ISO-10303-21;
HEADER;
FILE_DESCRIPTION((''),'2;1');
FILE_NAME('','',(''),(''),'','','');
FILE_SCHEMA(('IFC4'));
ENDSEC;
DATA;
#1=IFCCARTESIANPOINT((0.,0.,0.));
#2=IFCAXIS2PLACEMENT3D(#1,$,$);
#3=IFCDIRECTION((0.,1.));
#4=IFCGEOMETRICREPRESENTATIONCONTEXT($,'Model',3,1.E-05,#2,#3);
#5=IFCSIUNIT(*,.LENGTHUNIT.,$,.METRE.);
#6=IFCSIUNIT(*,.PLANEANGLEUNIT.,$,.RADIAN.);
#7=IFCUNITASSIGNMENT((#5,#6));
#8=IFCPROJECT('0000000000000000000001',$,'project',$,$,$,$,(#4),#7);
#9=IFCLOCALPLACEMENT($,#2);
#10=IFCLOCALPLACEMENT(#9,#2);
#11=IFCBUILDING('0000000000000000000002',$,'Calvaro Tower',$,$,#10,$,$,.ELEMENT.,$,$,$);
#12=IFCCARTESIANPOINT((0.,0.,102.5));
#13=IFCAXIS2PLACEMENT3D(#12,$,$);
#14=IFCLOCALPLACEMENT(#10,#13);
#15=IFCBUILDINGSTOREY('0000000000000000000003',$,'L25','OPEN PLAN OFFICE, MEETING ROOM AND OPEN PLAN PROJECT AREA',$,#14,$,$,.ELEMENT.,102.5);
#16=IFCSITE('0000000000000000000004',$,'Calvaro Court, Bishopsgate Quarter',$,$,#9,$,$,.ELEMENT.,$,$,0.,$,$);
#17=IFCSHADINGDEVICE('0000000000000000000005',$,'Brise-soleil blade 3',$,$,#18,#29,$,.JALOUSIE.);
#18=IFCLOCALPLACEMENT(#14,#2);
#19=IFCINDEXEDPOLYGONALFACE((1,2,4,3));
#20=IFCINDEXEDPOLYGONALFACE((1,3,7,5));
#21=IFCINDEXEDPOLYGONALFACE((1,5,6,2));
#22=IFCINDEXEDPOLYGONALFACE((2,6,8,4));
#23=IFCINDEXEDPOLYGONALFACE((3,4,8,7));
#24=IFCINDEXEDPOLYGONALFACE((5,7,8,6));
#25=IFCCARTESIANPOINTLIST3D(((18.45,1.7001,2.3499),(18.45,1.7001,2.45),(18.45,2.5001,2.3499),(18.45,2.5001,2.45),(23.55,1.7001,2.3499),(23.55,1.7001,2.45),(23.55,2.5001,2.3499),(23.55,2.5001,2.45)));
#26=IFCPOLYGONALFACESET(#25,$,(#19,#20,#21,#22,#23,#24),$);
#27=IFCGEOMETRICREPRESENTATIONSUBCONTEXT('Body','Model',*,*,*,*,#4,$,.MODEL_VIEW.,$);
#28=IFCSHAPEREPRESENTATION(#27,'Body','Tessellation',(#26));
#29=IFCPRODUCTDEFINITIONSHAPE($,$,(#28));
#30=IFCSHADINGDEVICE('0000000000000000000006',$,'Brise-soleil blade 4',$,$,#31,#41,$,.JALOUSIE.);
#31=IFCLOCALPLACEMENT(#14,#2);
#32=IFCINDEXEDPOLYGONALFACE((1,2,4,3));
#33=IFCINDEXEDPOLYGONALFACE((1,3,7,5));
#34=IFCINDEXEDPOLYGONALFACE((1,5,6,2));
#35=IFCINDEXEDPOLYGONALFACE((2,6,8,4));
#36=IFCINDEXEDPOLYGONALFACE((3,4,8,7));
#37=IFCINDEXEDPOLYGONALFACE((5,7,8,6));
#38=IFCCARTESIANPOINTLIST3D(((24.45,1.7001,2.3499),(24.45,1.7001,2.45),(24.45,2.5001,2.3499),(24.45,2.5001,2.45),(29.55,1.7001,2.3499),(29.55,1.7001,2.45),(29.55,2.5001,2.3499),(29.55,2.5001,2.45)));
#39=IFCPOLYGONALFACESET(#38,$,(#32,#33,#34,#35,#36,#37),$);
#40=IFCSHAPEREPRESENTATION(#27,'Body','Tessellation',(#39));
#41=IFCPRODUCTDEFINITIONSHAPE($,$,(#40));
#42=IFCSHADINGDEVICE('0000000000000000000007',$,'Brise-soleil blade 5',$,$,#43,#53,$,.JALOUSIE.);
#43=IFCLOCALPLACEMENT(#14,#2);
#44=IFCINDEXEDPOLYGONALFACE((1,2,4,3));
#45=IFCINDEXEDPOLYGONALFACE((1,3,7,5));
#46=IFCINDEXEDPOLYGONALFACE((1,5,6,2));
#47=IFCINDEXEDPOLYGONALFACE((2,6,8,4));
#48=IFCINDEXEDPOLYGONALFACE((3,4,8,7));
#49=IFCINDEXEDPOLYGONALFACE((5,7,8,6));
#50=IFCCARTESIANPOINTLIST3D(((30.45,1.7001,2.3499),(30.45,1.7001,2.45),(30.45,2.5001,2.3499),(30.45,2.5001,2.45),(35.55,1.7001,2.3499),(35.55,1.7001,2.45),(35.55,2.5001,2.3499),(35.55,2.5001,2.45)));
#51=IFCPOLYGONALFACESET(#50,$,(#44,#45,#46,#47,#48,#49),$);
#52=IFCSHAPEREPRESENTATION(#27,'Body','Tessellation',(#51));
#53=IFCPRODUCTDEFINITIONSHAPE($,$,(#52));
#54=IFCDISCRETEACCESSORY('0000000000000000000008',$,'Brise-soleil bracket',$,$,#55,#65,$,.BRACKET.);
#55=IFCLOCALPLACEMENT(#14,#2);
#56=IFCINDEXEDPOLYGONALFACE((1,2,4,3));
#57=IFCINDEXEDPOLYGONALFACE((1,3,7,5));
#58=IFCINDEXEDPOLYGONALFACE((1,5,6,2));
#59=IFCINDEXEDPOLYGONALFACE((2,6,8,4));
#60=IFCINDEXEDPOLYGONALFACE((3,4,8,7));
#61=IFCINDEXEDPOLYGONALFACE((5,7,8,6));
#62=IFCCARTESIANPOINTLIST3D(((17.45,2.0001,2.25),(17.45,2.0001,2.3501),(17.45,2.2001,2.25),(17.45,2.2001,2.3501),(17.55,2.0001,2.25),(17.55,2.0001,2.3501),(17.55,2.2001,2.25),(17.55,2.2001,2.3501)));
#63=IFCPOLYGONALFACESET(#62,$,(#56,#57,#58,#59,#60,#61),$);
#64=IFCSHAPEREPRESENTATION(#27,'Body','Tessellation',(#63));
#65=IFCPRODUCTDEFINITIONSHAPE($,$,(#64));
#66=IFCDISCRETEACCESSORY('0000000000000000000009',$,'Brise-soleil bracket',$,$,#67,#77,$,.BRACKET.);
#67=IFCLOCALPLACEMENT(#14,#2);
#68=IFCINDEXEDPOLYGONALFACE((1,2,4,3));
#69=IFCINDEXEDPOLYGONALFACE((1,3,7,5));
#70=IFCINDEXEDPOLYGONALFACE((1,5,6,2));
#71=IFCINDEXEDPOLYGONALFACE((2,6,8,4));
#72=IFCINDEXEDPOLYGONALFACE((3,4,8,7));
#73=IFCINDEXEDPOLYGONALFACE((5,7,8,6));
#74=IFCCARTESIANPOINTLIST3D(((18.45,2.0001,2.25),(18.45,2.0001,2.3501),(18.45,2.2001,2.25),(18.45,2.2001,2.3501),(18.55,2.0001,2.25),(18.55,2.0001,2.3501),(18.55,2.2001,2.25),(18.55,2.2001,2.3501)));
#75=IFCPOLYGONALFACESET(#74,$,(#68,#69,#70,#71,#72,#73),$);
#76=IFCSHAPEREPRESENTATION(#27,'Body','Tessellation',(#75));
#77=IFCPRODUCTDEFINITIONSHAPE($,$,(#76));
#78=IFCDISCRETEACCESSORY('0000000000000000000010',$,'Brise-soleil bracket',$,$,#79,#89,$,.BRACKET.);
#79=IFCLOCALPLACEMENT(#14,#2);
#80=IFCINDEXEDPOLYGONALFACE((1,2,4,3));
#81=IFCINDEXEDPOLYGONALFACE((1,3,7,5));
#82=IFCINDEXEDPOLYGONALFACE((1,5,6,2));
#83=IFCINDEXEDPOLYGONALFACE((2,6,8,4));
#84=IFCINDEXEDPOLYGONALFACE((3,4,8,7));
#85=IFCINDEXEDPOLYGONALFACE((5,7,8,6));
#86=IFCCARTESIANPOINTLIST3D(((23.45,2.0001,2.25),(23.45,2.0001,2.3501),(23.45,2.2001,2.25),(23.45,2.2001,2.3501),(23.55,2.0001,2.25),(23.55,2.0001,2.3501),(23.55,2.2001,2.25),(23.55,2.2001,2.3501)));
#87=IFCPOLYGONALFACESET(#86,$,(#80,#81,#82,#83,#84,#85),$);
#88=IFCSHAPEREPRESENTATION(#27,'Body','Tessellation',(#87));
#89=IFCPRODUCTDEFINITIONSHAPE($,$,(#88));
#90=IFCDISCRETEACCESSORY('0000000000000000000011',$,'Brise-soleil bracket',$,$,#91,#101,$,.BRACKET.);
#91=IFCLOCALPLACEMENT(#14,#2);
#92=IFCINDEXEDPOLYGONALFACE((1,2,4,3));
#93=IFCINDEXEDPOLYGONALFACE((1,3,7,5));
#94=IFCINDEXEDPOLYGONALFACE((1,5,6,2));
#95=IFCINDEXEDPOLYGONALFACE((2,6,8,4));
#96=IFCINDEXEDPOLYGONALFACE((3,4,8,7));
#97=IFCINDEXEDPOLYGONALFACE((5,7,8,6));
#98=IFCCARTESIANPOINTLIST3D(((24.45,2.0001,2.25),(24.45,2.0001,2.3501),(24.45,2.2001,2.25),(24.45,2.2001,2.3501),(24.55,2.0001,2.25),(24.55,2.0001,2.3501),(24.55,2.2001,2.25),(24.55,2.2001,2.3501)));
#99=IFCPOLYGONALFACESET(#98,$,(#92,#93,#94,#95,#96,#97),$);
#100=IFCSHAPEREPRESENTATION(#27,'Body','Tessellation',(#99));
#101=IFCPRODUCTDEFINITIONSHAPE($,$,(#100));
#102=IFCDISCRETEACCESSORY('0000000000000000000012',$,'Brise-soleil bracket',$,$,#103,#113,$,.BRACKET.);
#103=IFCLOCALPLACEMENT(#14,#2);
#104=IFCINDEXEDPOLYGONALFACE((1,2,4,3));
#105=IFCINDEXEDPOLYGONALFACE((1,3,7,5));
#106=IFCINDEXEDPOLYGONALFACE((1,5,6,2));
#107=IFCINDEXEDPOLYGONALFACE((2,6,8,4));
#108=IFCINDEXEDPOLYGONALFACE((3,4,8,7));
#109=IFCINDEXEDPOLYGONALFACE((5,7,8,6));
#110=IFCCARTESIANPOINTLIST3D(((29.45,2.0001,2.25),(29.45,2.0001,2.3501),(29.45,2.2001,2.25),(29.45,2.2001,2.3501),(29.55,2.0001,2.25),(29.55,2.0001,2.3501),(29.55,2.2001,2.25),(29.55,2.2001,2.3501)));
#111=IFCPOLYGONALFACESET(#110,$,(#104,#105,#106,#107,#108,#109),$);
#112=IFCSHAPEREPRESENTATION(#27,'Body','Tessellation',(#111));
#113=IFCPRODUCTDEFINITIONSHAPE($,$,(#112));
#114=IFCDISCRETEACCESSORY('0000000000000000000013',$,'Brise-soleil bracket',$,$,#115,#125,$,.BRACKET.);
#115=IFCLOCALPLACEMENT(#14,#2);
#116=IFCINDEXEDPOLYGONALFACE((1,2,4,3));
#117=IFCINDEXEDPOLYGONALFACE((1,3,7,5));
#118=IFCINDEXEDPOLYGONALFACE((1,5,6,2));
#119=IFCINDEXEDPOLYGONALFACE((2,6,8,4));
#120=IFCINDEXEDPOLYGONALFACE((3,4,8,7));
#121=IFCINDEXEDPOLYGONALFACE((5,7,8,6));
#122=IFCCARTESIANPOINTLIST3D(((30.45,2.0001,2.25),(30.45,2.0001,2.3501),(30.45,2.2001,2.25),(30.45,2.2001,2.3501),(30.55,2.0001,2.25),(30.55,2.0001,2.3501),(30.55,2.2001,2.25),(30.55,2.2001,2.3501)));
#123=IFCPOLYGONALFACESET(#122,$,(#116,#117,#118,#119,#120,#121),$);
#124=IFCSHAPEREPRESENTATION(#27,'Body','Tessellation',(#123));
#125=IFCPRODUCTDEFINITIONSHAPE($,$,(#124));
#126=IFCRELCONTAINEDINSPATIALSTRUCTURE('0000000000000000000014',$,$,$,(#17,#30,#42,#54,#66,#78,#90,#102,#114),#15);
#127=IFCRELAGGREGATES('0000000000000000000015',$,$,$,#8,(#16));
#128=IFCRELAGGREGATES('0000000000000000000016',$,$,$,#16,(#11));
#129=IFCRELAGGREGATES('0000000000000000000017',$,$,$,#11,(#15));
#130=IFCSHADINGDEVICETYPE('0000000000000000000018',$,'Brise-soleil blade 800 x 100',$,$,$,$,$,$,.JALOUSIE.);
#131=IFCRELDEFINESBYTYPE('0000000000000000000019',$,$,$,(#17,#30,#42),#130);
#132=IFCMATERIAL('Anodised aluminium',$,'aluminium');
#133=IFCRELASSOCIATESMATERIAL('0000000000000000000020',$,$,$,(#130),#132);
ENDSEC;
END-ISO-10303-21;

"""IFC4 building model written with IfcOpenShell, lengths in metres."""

from ifc_helpers import new_model, si_unit, direction, frame, origin, origin_2d, place, context, subcontext, project, spatial, rectangle, extrude, material, material_profile, profile_set, type_object, element, save


model = new_model("IFC4")

# Units and contexts
model_context = context("Model", 3, precision=1e-05, world=origin(), true_north=direction((0.0, 1.0)))
body_context = subcontext(model_context, "Body", "Model", "MODEL_VIEW")
ifc_project = project(units=[si_unit("LENGTHUNIT", "METRE"), si_unit("PLANEANGLEUNIT", "RADIAN")], contexts=[model_context])

# Site, building, storey
site_placement = place(None, origin())
site = spatial("IfcSite", under=ifc_project, at=site_placement, Name="Calvaro Court, Bishopsgate Quarter", CompositionType="ELEMENT", RefElevation=0.0)
building_placement = place(site_placement, origin())
building = spatial("IfcBuilding", under=site, at=building_placement, Name="Calvaro Tower", CompositionType="ELEMENT")
storey_placement = place(building_placement, frame((0.0, 0.0, 102.5)))
storey = spatial("IfcBuildingStorey", under=building, at=storey_placement, Name="L25", Description="OPEN PLAN OFFICE, MEETING ROOM AND OPEN PLAN PROJECT AREA", CompositionType="ELEMENT", Elevation=102.5)

# Shading devices
ifc_material_1 = material(Name="Anodised aluminium", Category="aluminium")
ifc_material_profile_1 = material_profile(ifc_material_1, rectangle(XDim=0.8, YDim=0.1001, at=origin_2d()), Name="Brise-soleil blade 800 x 100")
ifc_profile_set_1 = profile_set([ifc_material_profile_1], Name="Anodised aluminium")
shading_device_type = type_object("IfcShadingDeviceType", Name="Brise-soleil blade 800 x 100", PredefinedType="JALOUSIE", material=ifc_profile_set_1)
for number, where, z_axis, x_axis, name in (
    (1, (18.45, 2.1001, 2.3999), (1.0, 0.0, 0.0), (0.0, 1.0, 0.0), "Brise-soleil blade 3"),
    (2, (24.45, 2.1001, 2.3999), (1.0, 0.0, 0.0), (0.0, 1.0, 0.0), "Brise-soleil blade 4"),
    (3, (30.45, 2.1001, 2.3999), (1.0, 0.0, 0.0), (0.0, 1.0, 0.0), "Brise-soleil blade 5"),
):
    element("IfcShadingDevice", number, at=place(storey_placement, frame(where, z_axis=z_axis, x_axis=x_axis)), inside=storey, type_object=shading_device_type, Name=name, PredefinedType="JALOUSIE", context=body_context, shape_type="SweptSolid", body=[
        extrude(rectangle(XDim=0.8, YDim=0.1001, at=origin_2d()), origin(), (0.0, 0.0, 1.0), 5.1001),
    ])

# Discrete accessories
for number, where, z_axis, x_axis, name in (
    (4, (17.5, 2.1001, 2.25), (0.0, 0.0, 1.0), (1.0, 0.0, 0.0), "Brise-soleil bracket"),
    (5, (18.5, 2.1001, 2.25), (0.0, 0.0, 1.0), (1.0, 0.0, 0.0), "Brise-soleil bracket"),
    (6, (23.5, 2.1001, 2.25), (0.0, 0.0, 1.0), (1.0, 0.0, 0.0), "Brise-soleil bracket"),
    (7, (24.5, 2.1001, 2.25), (0.0, 0.0, 1.0), (1.0, 0.0, 0.0), "Brise-soleil bracket"),
    (8, (29.5, 2.1001, 2.25), (0.0, 0.0, 1.0), (1.0, 0.0, 0.0), "Brise-soleil bracket"),
    (9, (30.5, 2.1001, 2.25), (0.0, 0.0, 1.0), (1.0, 0.0, 0.0), "Brise-soleil bracket"),
):
    element("IfcDiscreteAccessory", number, at=place(storey_placement, frame(where, z_axis=z_axis, x_axis=x_axis)), inside=storey, Name=name, PredefinedType="BRACKET", context=body_context, shape_type="SweptSolid", body=[
        extrude(rectangle(XDim=0.1001, YDim=0.2, at=origin_2d()), origin(), (0.0, 0.0, 1.0), 0.1001),
    ])

save(model, "model.ifc")
